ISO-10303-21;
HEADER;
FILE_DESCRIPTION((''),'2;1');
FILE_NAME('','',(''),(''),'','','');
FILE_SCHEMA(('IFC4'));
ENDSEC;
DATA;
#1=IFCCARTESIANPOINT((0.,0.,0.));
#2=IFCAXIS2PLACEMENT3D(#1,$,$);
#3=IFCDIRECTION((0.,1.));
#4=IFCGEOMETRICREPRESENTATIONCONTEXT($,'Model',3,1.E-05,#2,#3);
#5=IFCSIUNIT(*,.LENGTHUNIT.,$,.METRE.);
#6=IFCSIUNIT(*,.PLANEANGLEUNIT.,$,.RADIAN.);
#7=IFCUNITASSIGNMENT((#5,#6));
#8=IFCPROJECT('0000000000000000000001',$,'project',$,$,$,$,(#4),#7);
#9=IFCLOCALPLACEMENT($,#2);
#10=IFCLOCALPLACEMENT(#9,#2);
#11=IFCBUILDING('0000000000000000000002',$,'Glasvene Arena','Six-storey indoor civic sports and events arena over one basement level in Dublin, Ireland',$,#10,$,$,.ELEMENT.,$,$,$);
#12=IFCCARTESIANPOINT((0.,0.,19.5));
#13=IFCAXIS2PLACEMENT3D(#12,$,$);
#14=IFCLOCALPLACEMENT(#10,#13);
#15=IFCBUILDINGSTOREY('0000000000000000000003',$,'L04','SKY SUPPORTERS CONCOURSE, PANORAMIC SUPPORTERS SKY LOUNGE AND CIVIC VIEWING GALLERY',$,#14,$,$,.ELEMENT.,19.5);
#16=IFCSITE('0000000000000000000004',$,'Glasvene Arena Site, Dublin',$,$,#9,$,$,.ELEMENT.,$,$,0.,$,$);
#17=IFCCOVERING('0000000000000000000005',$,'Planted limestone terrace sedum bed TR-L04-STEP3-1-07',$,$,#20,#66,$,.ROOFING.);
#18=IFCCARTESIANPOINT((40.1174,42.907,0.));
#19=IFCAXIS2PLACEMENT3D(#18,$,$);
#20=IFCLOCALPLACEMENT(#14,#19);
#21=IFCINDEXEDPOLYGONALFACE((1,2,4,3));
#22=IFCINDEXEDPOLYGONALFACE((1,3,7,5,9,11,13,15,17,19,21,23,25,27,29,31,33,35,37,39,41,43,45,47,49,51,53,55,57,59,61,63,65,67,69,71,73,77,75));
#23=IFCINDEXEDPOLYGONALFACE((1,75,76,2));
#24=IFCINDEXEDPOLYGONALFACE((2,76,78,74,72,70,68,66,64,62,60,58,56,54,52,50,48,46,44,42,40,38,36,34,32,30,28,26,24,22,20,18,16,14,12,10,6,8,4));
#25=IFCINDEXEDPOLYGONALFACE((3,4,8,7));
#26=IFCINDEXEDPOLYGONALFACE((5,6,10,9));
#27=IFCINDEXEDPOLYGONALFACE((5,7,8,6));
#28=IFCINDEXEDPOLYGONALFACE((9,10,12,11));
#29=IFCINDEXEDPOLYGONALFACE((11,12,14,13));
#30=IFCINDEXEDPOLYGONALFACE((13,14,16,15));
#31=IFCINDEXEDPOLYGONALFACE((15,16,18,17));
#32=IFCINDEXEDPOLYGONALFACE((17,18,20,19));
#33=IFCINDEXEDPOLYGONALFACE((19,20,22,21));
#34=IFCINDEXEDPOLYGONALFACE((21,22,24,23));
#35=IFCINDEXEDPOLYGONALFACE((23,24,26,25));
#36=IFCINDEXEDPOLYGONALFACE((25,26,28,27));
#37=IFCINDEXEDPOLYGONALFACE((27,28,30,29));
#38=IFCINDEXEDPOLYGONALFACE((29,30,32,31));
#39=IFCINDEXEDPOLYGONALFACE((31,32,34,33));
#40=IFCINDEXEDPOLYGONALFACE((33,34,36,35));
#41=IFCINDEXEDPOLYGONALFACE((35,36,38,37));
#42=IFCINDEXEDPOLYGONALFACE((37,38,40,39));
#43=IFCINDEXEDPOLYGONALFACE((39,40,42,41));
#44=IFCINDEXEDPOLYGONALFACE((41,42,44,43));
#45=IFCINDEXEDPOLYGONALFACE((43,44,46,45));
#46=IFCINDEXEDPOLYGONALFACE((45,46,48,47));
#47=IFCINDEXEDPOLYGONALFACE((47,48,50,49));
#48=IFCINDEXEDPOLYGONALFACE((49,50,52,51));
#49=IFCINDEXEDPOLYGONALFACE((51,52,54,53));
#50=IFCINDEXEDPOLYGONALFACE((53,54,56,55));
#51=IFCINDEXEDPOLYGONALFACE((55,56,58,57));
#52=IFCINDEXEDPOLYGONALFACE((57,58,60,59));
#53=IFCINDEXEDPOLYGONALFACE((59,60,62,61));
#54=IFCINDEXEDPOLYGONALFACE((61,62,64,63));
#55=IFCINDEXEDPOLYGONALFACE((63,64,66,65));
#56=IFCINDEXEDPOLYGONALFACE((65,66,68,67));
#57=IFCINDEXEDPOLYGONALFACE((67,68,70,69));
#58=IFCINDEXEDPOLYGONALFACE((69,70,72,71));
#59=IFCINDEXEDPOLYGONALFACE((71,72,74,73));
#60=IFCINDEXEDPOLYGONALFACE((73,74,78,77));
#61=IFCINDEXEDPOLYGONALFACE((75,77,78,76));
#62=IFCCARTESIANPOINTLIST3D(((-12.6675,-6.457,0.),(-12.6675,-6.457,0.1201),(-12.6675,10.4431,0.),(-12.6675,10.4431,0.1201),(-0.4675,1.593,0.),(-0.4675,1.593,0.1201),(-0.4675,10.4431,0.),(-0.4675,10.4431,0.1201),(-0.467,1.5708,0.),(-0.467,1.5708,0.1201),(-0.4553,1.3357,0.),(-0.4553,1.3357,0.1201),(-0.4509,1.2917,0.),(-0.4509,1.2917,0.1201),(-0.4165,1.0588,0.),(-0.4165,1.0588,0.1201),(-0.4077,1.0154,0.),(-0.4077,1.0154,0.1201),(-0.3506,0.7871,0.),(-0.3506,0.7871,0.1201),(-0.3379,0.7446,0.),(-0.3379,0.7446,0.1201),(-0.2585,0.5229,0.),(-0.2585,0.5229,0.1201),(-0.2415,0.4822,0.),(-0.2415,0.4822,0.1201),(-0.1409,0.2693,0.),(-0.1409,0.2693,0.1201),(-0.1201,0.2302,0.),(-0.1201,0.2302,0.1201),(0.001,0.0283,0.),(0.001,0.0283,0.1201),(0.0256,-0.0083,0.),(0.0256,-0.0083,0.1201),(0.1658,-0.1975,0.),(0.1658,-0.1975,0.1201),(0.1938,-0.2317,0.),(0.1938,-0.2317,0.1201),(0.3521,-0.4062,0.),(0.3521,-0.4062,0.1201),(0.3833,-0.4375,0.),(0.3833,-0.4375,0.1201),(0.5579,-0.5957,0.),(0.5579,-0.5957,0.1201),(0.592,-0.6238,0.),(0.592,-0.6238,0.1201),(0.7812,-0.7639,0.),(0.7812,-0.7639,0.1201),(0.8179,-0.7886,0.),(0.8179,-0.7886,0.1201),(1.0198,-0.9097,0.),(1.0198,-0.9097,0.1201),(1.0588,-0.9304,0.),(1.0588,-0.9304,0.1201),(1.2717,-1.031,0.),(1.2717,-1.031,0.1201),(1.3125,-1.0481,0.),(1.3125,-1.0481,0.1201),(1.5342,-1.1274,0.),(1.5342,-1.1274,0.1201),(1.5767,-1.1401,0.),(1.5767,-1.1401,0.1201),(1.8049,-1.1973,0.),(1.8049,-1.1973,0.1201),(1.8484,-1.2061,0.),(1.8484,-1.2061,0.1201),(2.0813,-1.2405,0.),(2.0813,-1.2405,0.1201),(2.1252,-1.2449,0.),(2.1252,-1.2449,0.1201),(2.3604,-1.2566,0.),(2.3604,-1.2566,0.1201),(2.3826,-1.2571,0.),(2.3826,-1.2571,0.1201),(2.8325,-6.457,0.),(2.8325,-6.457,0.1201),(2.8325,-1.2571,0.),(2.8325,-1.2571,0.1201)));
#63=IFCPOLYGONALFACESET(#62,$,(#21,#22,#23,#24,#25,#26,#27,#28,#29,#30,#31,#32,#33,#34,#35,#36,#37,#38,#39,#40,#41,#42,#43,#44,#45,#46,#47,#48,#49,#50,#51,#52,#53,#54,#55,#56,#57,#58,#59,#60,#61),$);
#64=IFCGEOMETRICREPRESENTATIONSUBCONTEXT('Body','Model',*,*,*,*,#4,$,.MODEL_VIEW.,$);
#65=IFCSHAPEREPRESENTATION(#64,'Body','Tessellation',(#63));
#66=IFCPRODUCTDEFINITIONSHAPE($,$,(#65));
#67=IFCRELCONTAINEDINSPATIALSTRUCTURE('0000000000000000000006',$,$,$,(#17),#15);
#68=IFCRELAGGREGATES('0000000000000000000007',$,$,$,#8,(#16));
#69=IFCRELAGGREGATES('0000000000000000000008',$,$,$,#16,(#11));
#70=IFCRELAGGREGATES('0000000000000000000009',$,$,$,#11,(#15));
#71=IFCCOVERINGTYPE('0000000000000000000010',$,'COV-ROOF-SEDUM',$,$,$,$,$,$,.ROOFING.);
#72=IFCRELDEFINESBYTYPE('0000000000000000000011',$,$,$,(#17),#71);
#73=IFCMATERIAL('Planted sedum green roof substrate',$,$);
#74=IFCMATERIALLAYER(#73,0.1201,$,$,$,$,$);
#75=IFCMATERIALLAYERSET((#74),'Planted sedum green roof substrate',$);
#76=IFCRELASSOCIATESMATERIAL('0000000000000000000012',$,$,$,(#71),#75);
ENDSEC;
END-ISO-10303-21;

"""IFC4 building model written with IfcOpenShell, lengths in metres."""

from ifc_helpers import new_model, si_unit, direction, frame, origin, place, context, subcontext, project, spatial, polyline, outline, extrude, material, layer, layer_set, type_object, element, save


model = new_model("IFC4")

# Units and contexts
model_context = context("Model", 3, precision=1e-05, world=origin(), true_north=direction((0.0, 1.0)))
body_context = subcontext(model_context, "Body", "Model", "MODEL_VIEW")
ifc_project = project(units=[si_unit("LENGTHUNIT", "METRE"), si_unit("PLANEANGLEUNIT", "RADIAN")], contexts=[model_context])

# Site, building, storey
site_placement = place(None, origin())
site = spatial("IfcSite", under=ifc_project, at=site_placement, Name="Glasvene Arena Site, Dublin", CompositionType="ELEMENT", RefElevation=0.0)
building_placement = place(site_placement, origin())
building = spatial("IfcBuilding", under=site, at=building_placement, Name="Glasvene Arena", Description="Six-storey indoor civic sports and events arena over one basement level in Dublin, Ireland", CompositionType="ELEMENT")
storey_placement = place(building_placement, frame((0.0, 0.0, 19.5)))
storey = spatial("IfcBuildingStorey", under=building, at=storey_placement, Name="L04", Description="SKY SUPPORTERS CONCOURSE, PANORAMIC SUPPORTERS SKY LOUNGE AND CIVIC VIEWING GALLERY", CompositionType="ELEMENT", Elevation=19.5)

# Covering
ifc_material_1 = material(Name="Planted sedum green roof substrate")
ifc_layer_1 = layer(ifc_material_1, 0.1201)
ifc_layer_set_1 = layer_set([ifc_layer_1], Name="Planted sedum green roof substrate")
covering_type_1 = type_object("IfcCoveringType", Name="COV-ROOF-SEDUM", PredefinedType="ROOFING", material=ifc_layer_set_1)
covering_1_placement = place(storey_placement, frame((40.1174, 42.907, 0.0)))
element("IfcCovering", 1, at=covering_1_placement, inside=storey, type_object=covering_type_1, Name="Planted limestone terrace sedum bed TR-L04-STEP3-1-07", PredefinedType="ROOFING", context=body_context, shape_type="SweptSolid", body=[
    extrude(outline(polyline([(-12.6675, -6.457), (-12.6675, 10.4431), (-0.4675, 10.4431), (-0.4675, 1.593), (-0.467, 1.5708), (-0.4553, 1.3357), (-0.4509, 1.2917), (-0.4165, 1.0588), (-0.4077, 1.0154), (-0.3506, 0.7871), (-0.3379, 0.7446), (-0.2585, 0.5229), (-0.2415, 0.4822), (-0.1409, 0.2693), (-0.1201, 0.2302), (0.001, 0.0283), (0.0256, -0.0083), (0.1658, -0.1975), (0.1938, -0.2317), (0.3521, -0.4062), (0.3833, -0.4375), (0.5579, -0.5957), (0.592, -0.6238), (0.7812, -0.7639), (0.8179, -0.7886), (1.0198, -0.9097), (1.0588, -0.9304), (1.2717, -1.031), (1.3125, -1.0481), (1.5342, -1.1274), (1.5767, -1.1401), (1.8049, -1.1973), (1.8484, -1.2061), (2.0813, -1.2405), (2.1252, -1.2449), (2.3604, -1.2566), (2.3826, -1.2571), (2.8325, -1.2571), (2.8325, -6.457), (-12.6675, -6.457)])), origin(), (0.0, 0.0, 1.0), 0.1201),
])

save(model, "model.ifc")
